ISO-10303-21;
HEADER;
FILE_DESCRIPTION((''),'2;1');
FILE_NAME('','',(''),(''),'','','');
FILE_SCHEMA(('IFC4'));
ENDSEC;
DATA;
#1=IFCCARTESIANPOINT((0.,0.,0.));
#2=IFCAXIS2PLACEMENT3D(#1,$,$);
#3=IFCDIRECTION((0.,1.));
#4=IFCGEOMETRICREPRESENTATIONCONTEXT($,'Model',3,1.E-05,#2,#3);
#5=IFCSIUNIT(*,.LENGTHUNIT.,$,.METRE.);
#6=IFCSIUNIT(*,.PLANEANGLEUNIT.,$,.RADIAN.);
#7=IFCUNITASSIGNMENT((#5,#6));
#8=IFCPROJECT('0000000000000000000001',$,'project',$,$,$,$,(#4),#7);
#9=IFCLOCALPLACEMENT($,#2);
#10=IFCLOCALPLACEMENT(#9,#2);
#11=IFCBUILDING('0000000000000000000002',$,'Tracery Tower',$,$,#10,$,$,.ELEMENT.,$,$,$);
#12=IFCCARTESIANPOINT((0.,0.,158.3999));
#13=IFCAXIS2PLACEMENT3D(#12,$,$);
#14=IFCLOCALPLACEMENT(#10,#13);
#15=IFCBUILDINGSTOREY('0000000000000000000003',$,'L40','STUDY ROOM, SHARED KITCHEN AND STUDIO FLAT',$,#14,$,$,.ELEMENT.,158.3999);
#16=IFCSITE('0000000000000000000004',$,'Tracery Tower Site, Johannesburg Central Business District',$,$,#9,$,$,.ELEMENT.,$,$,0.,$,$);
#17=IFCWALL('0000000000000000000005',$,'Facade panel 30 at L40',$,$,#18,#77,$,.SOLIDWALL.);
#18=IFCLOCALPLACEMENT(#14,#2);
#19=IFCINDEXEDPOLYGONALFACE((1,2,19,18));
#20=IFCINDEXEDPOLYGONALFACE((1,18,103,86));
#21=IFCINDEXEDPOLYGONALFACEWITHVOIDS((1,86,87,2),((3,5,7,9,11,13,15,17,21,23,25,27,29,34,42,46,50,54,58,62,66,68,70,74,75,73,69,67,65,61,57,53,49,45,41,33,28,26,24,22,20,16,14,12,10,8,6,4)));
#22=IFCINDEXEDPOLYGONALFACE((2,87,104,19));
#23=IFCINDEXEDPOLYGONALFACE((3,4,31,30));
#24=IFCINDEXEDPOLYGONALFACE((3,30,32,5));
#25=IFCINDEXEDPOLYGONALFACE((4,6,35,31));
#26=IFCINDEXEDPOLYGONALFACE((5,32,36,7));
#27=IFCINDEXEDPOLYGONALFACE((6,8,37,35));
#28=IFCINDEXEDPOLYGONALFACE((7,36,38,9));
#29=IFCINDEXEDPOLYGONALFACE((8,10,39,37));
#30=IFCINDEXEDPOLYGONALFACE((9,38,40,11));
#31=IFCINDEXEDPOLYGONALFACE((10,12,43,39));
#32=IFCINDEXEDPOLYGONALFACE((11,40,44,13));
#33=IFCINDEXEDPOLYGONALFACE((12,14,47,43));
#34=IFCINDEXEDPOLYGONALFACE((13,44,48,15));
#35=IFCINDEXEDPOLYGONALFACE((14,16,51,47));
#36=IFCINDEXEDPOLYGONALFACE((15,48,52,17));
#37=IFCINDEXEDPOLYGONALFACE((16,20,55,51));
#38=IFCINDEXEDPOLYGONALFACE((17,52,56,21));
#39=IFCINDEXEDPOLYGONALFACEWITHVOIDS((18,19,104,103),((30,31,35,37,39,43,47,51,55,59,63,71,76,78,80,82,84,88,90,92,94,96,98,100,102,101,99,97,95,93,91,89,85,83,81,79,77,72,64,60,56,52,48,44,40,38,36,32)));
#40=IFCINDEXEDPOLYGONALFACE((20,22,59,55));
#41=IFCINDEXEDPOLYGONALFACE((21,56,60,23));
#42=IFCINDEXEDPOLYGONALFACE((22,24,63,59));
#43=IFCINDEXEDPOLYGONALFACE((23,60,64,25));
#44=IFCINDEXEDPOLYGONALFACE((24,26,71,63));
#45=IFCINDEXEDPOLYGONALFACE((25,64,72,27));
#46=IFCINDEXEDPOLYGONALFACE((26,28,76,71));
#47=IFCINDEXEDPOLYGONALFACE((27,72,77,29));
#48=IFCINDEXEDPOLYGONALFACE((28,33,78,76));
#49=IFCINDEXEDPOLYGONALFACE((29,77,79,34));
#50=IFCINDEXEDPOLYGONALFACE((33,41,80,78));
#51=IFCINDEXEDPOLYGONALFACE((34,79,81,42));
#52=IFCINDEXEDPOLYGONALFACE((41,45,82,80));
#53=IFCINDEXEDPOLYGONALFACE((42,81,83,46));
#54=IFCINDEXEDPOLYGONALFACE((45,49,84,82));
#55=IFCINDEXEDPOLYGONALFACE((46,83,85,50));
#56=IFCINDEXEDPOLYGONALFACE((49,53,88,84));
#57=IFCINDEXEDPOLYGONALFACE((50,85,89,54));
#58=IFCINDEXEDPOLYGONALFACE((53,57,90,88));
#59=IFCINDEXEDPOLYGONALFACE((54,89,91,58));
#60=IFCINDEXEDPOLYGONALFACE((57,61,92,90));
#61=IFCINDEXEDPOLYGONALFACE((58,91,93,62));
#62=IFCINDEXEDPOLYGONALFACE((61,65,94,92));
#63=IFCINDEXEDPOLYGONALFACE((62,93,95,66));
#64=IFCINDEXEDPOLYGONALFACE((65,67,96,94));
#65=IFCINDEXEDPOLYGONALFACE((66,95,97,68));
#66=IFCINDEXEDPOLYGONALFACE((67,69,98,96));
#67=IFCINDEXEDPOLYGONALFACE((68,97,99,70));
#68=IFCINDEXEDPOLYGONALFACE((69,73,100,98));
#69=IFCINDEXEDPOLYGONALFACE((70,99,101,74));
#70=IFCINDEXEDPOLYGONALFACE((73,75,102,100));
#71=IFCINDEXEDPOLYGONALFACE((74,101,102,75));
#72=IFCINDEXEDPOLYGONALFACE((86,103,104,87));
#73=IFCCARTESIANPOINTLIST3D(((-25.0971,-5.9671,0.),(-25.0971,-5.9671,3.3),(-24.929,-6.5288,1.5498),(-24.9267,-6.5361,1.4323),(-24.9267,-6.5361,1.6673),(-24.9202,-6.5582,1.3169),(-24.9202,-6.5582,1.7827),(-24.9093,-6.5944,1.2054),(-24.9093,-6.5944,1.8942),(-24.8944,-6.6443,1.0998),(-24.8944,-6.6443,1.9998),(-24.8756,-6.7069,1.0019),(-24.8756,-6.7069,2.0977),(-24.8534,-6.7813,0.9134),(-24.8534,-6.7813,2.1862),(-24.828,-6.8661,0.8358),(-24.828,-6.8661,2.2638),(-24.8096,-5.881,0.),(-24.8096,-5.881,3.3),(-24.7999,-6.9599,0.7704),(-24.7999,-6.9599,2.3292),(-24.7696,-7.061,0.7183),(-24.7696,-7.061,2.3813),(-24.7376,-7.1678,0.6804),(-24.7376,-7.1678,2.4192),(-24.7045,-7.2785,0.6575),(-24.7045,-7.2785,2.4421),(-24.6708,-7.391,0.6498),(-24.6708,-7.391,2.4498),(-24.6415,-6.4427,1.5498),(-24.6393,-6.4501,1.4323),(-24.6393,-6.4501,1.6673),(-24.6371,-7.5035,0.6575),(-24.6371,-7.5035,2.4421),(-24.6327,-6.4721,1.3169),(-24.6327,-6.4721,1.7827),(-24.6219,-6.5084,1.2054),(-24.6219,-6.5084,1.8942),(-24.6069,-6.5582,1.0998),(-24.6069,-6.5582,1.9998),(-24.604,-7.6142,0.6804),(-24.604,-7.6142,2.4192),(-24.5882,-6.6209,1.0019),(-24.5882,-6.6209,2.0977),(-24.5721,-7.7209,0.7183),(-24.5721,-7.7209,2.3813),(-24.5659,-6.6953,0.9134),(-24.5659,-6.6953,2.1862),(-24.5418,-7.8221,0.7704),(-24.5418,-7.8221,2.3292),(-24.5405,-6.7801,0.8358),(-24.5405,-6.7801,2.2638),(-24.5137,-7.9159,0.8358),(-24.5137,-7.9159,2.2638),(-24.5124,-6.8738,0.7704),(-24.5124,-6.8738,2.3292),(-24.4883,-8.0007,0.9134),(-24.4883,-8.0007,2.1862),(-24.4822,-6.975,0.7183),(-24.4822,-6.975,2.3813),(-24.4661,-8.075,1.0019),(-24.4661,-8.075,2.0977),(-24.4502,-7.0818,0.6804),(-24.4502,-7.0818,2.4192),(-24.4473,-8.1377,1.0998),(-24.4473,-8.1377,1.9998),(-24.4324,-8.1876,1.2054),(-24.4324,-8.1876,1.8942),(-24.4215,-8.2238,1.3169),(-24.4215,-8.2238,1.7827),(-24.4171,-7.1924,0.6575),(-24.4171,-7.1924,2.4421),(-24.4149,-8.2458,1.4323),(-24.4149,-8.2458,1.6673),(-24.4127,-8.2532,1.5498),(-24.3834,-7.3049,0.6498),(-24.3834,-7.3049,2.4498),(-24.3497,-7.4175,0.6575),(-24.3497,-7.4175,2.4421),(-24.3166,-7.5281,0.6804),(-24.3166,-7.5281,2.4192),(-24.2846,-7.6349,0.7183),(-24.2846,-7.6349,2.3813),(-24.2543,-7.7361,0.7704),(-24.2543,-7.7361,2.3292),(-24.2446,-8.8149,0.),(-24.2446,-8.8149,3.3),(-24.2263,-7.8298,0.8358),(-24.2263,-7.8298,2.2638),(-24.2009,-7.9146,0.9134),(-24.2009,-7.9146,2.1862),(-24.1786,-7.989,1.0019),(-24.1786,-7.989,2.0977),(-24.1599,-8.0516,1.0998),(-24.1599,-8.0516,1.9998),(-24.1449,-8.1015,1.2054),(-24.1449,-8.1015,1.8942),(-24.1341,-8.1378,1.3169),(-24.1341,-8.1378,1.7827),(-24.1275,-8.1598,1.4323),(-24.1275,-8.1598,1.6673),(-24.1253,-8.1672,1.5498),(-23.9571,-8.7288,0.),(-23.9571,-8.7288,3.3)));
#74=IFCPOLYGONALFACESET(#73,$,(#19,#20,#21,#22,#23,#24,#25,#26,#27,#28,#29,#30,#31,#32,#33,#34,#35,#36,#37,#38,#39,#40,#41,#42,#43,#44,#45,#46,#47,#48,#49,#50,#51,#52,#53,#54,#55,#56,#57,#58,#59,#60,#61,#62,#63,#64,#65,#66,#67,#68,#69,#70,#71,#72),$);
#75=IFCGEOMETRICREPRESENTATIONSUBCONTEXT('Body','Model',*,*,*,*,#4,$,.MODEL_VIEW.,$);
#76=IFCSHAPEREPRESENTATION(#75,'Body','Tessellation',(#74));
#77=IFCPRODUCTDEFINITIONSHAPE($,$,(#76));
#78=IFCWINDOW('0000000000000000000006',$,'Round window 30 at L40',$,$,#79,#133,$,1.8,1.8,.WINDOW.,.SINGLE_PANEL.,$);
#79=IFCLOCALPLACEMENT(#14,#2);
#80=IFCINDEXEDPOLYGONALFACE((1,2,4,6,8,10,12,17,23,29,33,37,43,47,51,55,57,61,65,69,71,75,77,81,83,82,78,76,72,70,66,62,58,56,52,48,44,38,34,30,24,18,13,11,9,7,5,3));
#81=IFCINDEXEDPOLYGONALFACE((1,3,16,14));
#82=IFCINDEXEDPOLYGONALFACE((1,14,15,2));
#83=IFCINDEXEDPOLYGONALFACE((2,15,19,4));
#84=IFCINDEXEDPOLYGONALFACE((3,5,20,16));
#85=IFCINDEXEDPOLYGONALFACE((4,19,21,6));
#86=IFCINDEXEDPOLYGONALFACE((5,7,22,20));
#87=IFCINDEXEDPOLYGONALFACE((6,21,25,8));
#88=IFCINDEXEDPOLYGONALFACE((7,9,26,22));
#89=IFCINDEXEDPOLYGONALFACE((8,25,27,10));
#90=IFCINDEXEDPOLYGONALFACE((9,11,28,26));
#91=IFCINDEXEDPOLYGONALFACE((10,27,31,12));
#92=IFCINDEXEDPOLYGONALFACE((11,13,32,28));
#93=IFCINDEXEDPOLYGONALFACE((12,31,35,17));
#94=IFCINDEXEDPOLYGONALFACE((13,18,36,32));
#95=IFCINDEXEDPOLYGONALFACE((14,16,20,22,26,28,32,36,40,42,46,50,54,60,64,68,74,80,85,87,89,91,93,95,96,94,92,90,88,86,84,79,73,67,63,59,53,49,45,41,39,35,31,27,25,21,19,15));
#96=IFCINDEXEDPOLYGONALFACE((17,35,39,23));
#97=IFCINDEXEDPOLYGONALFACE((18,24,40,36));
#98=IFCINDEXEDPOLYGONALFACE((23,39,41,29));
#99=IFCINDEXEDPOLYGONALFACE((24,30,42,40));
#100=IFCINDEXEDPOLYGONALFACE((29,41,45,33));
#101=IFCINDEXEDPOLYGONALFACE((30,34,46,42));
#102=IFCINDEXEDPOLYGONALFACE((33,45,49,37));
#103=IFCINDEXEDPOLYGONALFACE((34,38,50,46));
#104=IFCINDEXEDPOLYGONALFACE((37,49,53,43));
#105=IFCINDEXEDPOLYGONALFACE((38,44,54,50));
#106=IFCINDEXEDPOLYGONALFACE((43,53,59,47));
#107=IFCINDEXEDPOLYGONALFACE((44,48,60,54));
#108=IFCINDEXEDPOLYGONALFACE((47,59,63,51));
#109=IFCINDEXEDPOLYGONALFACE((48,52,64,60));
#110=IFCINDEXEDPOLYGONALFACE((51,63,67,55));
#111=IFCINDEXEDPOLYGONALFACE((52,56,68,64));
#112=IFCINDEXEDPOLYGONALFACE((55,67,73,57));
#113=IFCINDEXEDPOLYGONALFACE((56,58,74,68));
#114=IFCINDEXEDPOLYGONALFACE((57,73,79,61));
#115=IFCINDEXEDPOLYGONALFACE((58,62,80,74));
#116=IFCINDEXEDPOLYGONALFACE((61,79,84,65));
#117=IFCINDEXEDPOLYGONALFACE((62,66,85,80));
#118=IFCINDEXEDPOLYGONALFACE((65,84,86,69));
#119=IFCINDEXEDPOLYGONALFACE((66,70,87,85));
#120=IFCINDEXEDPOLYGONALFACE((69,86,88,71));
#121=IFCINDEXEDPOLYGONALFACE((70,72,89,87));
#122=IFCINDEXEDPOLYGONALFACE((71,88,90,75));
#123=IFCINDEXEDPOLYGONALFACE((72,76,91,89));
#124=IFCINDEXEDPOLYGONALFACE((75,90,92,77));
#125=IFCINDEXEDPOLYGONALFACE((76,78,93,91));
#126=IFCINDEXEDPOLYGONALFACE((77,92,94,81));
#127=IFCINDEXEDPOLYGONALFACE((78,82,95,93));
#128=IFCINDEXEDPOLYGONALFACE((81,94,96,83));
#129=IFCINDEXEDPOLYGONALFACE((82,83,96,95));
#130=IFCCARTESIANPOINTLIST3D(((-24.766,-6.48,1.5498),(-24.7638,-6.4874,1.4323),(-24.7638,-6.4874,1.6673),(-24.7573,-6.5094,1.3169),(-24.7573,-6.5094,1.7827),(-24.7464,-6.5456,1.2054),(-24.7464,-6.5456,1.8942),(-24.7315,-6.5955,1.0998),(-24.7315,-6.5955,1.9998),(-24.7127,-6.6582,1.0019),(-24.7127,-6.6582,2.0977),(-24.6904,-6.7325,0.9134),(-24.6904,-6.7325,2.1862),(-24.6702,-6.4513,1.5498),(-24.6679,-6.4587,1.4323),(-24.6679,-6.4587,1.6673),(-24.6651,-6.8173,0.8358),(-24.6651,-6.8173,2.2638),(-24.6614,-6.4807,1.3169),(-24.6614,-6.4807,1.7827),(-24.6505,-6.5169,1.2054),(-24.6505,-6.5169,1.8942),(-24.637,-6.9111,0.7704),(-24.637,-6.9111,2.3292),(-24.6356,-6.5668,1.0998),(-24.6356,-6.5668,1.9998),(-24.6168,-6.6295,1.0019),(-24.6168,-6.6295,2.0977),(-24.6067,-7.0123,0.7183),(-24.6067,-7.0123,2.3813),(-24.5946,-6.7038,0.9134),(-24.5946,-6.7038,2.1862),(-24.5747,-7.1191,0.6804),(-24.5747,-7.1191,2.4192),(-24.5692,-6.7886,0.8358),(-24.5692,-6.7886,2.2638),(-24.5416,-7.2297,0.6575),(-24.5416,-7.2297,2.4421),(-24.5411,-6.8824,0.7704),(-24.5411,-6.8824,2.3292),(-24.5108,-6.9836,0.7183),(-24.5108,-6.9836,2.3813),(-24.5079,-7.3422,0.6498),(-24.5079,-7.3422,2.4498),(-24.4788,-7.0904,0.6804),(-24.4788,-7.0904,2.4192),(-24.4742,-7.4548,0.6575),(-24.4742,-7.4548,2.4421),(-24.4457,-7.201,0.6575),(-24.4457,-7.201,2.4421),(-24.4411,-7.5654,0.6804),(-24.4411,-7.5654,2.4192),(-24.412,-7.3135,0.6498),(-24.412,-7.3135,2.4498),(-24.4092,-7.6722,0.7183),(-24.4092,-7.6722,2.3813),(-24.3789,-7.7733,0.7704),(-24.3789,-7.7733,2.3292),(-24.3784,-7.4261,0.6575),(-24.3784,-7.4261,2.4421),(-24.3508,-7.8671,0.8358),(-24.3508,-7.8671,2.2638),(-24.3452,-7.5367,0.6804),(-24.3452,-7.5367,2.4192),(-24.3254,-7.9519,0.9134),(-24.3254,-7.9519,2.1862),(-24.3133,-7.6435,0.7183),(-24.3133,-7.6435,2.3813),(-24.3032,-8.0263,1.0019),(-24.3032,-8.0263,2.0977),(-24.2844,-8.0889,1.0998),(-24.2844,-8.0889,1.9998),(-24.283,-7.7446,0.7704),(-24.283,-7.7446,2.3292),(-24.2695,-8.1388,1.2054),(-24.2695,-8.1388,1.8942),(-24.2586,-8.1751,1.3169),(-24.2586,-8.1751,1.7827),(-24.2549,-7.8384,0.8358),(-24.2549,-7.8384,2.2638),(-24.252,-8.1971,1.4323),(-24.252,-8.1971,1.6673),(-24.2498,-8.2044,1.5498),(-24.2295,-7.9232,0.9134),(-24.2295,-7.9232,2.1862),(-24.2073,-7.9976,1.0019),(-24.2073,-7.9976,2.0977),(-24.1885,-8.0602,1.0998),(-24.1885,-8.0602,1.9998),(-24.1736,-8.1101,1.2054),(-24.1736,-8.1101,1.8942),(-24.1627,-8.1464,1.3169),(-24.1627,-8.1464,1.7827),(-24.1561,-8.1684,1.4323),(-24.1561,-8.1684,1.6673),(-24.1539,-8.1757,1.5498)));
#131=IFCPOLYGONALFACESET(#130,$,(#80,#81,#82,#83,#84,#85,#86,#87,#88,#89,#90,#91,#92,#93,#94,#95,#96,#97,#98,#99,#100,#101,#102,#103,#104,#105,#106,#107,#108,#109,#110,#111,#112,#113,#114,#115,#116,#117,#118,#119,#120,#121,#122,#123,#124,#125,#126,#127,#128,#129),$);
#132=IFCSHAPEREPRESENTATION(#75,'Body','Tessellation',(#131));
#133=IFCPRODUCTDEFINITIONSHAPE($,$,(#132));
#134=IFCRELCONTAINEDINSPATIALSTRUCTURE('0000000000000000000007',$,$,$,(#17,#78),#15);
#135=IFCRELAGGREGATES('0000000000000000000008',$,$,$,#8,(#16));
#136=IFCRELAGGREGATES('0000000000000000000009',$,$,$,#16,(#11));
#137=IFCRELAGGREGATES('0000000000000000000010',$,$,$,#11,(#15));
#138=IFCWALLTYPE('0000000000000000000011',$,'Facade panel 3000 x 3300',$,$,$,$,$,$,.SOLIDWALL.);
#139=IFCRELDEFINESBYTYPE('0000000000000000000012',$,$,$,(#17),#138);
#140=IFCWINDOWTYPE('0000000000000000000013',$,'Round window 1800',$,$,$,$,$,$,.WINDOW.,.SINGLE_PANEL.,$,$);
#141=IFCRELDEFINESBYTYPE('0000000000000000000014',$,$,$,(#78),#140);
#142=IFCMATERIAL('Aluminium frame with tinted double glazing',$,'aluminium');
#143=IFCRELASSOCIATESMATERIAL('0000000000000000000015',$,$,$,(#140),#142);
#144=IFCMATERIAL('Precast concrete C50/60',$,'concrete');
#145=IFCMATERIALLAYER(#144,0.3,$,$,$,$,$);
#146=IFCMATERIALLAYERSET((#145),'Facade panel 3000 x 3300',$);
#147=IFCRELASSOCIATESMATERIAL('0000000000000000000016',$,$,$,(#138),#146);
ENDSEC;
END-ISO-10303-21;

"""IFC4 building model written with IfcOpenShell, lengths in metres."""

from ifc_helpers import new_model, si_unit, direction, frame, frame_2d, origin, origin_2d, place, context, subcontext, project, spatial, rectangle, circle, extrude, material, layer, layer_set, type_object, element, fill, save


model = new_model("IFC4")

# Units and contexts
model_context = context("Model", 3, precision=1e-05, world=origin(), true_north=direction((0.0, 1.0)))
body_context = subcontext(model_context, "Body", "Model", "MODEL_VIEW")
ifc_project = project(units=[si_unit("LENGTHUNIT", "METRE"), si_unit("PLANEANGLEUNIT", "RADIAN")], contexts=[model_context])

# Site, building, storey
site_placement = place(None, origin())
site = spatial("IfcSite", under=ifc_project, at=site_placement, Name="Tracery Tower Site, Johannesburg Central Business District", CompositionType="ELEMENT", RefElevation=0.0)
building_placement = place(site_placement, origin())
building = spatial("IfcBuilding", under=site, at=building_placement, Name="Tracery Tower", CompositionType="ELEMENT")
storey_placement = place(building_placement, frame((0.0, 0.0, 158.3999)))
storey = spatial("IfcBuildingStorey", under=building, at=storey_placement, Name="L40", Description="STUDY ROOM, SHARED KITCHEN AND STUDIO FLAT", CompositionType="ELEMENT", Elevation=158.3999)

# Wall, opening, window
ifc_material_1 = material(Name="Aluminium frame with tinted double glazing", Category="aluminium")
window_type = type_object("IfcWindowType", Name="Round window 1800", PartitioningType="SINGLE_PANEL", PredefinedType="WINDOW", material=ifc_material_1)
ifc_material_2 = material(Name="Precast concrete C50/60", Category="concrete")
ifc_layer_1 = layer(ifc_material_2, 0.3)
ifc_layer_set_1 = layer_set([ifc_layer_1], Name="Facade panel 3000 x 3300")
wall_type_1 = type_object("IfcWallType", Name="Facade panel 3000 x 3300", PredefinedType="SOLIDWALL", material=ifc_layer_set_1)
wall_1_placement = place(storey_placement, frame((-24.9534, -5.9241, 0.0), z_axis=(0.0, 0.0, 1.0), x_axis=(0.286783, -0.957996, 0.0)))
wall_1 = element("IfcWall", 1, at=wall_1_placement, inside=storey, type_object=wall_type_1, Name="Facade panel 30 at L40", PredefinedType="SOLIDWALL", context=body_context, shape_type="SweptSolid", body=[
    extrude(rectangle(XDim=2.9727, YDim=0.3, at=frame_2d((1.4863, 0.0))), origin(), (0.0, 0.0, 1.0), 3.3),
])
opening_1_placement = place(wall_1_placement, frame((1.4863, 0.0, 1.5498)))
opening_1 = element("IfcOpeningElement", 2, at=opening_1_placement, cuts=wall_1, PredefinedType="OPENING", context=body_context, shape_type="SweptSolid", body=[
    extrude(circle(Radius=0.9, at=origin_2d()), frame((0.0, 0.1599, 0.0), z_axis=(0.0, -1.0, 0.0), x_axis=(1.0, 0.0, 0.0)), (0.0, 0.0, 1.0), 0.3201),
])
window_1_placement = place(opening_1_placement, origin())
window_1 = element("IfcWindow", 3, at=window_1_placement, inside=storey, type_object=window_type, Name="Round window 30 at L40", OverallHeight=1.8, OverallWidth=1.8, PartitioningType="SINGLE_PANEL", PredefinedType="WINDOW", context=body_context, shape_type="SweptSolid", body=[
    extrude(circle(Radius=0.9, at=origin_2d()), frame((0.0, 0.1201, 0.0), z_axis=(0.0, -1.0, 0.0), x_axis=(1.0, 0.0, 0.0)), (0.0, 0.0, 1.0), 0.1001),
])
fill(opening_1, window_1)

save(model, "model.ifc")
